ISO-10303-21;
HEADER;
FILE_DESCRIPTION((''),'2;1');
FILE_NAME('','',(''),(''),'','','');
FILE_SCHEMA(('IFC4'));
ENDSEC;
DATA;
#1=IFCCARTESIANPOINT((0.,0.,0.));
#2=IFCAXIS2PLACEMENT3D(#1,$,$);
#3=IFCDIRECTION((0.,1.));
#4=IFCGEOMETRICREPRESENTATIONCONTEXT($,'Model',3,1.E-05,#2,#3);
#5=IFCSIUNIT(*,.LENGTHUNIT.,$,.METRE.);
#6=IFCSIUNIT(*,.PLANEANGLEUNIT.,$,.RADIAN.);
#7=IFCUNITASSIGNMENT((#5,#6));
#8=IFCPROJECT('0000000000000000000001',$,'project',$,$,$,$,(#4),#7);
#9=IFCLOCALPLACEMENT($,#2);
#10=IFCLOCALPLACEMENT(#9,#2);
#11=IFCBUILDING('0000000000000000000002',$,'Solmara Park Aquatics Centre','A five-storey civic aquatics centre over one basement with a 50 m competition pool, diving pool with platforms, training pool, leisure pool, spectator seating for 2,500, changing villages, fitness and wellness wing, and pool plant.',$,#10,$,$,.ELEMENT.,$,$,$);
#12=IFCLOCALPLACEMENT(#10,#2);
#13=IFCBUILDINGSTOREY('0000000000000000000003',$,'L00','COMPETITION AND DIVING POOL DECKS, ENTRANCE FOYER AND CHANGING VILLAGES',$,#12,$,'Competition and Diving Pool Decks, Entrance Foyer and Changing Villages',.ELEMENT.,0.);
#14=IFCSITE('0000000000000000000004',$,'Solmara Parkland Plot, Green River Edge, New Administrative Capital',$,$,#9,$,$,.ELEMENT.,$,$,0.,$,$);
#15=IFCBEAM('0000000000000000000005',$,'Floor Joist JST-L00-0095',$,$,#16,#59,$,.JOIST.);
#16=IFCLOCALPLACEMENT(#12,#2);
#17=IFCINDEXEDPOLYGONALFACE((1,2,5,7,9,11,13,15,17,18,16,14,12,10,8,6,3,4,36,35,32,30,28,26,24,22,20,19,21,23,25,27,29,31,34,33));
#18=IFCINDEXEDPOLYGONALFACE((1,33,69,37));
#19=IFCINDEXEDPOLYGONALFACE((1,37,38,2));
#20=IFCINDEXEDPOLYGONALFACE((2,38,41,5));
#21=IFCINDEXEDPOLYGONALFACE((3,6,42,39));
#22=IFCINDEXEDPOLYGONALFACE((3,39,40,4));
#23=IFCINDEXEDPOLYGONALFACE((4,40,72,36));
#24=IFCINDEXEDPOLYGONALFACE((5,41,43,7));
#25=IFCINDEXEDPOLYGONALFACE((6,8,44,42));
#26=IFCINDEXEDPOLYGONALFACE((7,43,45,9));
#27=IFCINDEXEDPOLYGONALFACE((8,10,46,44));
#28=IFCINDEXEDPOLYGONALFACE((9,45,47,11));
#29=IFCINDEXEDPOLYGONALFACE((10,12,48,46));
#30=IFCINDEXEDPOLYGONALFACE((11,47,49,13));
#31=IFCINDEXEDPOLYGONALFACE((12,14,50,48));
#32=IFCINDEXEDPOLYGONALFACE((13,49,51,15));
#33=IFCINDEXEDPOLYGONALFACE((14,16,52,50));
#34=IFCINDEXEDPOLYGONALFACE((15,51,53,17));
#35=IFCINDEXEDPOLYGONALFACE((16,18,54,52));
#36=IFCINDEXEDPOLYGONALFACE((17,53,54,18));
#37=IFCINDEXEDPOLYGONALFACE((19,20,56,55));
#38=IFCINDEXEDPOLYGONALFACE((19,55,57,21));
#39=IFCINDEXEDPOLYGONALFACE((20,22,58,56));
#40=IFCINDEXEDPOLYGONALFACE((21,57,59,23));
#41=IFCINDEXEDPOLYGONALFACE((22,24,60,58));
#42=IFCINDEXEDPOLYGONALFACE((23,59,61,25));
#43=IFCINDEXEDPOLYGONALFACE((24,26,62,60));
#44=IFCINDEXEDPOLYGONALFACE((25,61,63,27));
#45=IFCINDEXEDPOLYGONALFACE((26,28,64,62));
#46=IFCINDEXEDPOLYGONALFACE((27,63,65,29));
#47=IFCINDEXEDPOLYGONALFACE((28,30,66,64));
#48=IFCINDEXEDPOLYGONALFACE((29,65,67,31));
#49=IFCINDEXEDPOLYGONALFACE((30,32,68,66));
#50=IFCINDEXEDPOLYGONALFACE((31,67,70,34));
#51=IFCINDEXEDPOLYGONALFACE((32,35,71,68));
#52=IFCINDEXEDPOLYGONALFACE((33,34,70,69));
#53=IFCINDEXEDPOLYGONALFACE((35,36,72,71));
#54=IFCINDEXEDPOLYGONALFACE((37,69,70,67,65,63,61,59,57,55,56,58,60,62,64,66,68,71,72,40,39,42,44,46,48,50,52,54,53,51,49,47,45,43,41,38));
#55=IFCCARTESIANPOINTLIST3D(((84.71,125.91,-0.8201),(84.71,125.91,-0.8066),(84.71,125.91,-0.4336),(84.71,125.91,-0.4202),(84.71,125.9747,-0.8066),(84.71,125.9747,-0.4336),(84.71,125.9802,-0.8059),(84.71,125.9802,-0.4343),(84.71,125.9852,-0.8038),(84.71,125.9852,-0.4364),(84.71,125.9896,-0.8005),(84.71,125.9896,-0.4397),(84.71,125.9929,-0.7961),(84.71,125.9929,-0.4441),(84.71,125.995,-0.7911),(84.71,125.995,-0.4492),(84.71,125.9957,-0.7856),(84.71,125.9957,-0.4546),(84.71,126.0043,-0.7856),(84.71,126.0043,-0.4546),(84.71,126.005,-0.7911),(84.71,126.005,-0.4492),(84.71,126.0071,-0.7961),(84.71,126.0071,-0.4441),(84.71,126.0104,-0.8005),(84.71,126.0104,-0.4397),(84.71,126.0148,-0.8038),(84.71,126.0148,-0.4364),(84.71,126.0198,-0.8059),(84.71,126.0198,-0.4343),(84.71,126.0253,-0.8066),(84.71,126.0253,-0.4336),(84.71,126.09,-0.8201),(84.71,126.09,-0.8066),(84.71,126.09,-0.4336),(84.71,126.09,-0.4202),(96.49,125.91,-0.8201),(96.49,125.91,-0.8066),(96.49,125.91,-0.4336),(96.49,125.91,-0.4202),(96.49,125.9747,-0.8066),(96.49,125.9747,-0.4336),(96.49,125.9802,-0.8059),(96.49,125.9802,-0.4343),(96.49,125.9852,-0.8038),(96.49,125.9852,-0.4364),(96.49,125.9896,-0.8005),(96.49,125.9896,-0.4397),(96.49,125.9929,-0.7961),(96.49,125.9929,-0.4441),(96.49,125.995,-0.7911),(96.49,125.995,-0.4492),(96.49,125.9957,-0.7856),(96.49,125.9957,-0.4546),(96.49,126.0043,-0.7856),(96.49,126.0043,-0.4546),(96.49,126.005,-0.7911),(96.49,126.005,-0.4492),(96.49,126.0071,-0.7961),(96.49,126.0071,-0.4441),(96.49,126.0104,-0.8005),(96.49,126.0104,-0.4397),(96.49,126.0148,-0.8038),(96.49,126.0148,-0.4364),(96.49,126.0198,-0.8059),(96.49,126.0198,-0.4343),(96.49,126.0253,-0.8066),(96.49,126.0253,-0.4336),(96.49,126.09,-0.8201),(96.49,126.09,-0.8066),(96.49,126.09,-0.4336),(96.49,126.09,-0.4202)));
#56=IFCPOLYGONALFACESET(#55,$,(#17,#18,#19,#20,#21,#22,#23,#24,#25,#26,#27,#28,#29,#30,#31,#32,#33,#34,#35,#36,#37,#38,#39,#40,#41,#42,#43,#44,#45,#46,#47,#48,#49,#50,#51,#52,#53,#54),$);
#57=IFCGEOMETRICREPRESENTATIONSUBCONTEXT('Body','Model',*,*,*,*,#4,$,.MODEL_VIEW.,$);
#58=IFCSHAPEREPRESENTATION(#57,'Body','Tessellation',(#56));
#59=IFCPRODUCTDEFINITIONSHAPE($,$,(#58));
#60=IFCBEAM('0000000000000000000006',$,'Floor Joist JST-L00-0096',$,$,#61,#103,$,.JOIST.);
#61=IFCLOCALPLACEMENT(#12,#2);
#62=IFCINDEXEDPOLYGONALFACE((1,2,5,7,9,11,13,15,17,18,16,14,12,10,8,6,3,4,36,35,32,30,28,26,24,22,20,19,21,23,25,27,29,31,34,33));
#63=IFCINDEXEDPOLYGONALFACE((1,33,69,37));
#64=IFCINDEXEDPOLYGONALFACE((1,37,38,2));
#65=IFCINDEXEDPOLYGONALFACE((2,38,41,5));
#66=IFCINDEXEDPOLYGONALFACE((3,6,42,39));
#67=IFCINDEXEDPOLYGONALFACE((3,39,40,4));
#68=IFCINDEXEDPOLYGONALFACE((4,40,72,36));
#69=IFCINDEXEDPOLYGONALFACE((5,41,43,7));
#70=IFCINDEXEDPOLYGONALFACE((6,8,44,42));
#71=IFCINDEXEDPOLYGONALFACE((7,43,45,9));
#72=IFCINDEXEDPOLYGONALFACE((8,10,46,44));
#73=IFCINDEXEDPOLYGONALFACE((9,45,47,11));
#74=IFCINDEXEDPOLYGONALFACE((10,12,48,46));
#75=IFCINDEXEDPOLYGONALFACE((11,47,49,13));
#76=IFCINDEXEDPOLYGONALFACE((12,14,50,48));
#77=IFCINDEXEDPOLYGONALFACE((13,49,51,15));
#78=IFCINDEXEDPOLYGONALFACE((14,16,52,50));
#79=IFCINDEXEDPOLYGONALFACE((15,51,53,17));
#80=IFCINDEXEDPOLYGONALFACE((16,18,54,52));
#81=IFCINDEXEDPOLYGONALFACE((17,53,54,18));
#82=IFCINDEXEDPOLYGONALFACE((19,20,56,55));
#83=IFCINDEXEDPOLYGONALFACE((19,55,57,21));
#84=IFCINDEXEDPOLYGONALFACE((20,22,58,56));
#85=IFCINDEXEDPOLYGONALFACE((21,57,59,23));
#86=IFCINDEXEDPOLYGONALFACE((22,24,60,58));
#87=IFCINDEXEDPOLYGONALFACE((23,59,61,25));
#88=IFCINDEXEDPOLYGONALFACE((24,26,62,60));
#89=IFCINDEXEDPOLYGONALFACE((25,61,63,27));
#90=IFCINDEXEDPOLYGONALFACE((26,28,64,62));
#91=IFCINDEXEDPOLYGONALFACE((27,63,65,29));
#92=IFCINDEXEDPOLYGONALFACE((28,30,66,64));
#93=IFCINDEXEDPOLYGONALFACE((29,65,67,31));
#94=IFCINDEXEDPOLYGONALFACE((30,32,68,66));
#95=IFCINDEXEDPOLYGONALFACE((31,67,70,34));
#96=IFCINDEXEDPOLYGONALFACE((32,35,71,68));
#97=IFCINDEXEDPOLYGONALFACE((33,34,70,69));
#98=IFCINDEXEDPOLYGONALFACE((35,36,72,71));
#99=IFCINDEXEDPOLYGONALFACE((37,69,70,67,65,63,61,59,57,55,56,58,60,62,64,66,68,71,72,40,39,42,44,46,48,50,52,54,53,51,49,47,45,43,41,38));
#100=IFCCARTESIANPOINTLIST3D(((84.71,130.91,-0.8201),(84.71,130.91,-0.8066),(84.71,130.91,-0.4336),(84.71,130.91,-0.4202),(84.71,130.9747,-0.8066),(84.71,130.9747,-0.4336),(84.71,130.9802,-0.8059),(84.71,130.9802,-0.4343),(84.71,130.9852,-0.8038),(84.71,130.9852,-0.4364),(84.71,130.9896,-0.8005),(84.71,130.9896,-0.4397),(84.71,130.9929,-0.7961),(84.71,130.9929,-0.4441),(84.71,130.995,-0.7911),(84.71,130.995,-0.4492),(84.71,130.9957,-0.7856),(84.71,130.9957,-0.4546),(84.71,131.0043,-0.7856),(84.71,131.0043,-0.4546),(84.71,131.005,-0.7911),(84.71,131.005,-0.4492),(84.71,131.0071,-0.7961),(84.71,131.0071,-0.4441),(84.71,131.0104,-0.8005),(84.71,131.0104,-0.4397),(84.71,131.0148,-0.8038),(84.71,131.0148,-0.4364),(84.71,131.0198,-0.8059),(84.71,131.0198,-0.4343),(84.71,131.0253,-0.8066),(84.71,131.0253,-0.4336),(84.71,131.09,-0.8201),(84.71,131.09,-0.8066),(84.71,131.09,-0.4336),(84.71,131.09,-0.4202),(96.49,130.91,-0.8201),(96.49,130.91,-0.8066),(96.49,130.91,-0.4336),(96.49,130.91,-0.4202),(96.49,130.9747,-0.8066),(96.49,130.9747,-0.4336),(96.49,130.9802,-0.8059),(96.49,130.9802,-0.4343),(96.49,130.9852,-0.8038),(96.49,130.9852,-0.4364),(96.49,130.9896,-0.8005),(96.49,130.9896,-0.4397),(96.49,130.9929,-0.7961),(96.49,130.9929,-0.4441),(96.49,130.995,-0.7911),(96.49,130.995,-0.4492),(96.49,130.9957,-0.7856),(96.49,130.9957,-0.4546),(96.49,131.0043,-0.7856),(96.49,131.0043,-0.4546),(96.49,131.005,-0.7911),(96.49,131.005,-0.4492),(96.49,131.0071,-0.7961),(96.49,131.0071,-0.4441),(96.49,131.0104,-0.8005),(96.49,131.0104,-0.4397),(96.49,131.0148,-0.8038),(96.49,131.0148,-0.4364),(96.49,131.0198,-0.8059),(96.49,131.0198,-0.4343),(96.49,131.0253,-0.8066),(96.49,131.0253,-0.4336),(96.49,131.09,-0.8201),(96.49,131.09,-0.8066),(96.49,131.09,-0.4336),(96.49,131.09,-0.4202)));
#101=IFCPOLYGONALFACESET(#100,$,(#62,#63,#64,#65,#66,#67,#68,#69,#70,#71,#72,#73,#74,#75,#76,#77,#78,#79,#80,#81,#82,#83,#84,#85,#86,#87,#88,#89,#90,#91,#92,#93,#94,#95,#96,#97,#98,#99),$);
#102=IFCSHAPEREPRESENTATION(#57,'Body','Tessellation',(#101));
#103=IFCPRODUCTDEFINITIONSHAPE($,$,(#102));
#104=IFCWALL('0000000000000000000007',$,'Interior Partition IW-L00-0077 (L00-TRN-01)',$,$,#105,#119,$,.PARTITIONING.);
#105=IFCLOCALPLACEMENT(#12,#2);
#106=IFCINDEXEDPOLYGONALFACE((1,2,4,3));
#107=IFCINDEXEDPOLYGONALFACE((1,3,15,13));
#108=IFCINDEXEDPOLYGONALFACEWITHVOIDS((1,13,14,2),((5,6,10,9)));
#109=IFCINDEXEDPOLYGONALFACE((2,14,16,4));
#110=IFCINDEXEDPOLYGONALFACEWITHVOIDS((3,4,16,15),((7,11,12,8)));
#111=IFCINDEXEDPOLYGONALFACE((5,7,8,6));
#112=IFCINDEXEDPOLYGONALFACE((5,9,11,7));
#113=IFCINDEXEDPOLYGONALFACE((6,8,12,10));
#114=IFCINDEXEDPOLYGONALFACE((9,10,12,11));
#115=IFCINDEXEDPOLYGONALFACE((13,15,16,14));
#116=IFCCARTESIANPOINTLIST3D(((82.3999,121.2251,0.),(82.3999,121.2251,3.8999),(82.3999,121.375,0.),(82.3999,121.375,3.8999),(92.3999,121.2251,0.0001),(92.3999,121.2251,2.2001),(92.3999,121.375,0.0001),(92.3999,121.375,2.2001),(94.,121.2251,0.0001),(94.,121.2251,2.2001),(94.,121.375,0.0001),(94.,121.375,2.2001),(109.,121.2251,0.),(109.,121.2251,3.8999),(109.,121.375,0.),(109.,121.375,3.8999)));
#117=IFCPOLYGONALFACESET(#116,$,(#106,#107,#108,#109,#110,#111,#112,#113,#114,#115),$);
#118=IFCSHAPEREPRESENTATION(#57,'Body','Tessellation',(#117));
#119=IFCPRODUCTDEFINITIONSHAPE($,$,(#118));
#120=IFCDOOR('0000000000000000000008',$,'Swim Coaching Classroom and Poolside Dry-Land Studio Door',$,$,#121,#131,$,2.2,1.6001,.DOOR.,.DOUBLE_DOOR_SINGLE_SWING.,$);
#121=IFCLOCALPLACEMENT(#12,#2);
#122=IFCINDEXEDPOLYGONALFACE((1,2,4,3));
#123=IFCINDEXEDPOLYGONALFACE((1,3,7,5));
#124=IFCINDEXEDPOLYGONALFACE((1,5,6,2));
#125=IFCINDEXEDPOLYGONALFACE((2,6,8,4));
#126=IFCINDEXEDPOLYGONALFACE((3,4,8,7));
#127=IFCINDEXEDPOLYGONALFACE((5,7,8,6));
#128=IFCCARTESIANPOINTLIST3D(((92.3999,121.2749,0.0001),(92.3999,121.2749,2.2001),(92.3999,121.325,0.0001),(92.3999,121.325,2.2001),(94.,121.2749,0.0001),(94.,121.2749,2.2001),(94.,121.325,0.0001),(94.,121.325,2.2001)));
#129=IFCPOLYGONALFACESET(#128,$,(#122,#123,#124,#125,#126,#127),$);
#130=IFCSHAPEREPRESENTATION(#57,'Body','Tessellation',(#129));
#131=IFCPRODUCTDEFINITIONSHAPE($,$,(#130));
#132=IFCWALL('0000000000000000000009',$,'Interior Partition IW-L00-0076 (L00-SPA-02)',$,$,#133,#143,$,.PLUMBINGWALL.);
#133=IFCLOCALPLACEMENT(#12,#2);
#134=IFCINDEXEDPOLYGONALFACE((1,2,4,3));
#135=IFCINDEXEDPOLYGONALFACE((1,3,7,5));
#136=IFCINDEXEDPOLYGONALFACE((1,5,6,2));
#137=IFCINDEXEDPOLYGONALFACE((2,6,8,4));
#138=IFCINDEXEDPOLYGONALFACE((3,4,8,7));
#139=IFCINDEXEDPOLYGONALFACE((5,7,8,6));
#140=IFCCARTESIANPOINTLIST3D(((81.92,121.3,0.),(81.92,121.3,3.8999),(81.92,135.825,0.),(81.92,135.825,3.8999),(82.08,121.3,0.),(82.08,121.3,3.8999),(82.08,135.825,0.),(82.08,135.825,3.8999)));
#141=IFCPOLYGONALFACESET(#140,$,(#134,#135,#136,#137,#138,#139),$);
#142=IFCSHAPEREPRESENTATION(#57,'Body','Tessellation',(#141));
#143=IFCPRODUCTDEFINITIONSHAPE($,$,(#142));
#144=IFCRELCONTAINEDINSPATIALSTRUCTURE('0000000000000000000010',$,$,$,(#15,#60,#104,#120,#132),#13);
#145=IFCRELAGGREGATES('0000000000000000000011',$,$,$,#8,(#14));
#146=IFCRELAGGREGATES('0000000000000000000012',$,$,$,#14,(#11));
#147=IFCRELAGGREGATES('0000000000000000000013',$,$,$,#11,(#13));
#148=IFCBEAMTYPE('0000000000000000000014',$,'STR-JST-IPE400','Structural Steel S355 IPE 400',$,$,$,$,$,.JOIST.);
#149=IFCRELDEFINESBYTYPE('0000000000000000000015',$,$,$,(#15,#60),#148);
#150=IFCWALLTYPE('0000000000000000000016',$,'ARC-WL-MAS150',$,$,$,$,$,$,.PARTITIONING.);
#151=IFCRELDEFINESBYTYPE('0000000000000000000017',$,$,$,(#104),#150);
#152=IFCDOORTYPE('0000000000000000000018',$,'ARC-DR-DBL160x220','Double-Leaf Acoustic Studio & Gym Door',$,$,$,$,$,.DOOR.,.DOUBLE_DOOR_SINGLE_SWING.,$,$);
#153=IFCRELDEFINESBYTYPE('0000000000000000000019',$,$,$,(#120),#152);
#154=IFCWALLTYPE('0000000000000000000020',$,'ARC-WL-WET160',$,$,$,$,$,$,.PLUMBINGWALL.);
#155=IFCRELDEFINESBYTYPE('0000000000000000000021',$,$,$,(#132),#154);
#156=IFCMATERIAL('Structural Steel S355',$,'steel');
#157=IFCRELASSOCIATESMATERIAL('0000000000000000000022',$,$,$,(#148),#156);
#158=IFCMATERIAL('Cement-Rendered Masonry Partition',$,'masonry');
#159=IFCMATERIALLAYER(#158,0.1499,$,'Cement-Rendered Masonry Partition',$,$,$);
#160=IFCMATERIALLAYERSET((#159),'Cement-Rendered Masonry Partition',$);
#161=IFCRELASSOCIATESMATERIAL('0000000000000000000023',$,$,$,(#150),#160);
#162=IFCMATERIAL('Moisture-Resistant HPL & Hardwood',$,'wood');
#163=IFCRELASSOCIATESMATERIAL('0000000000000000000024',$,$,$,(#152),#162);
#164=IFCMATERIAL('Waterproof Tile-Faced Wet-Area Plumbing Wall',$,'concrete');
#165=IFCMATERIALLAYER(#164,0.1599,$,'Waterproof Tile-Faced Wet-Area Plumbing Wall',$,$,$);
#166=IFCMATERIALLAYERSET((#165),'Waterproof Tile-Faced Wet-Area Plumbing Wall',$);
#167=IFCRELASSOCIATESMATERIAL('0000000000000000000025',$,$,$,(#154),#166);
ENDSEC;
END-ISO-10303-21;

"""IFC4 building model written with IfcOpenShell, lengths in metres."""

from ifc_helpers import new_model, si_unit, direction, frame, frame_2d, origin, origin_2d, place, context, subcontext, project, spatial, rectangle, i_section, extrude, material, layer, layer_set, material_profile, profile_set, type_object, element, fill, save


model = new_model("IFC4")

# Units and contexts
model_context = context("Model", 3, precision=1e-05, world=origin(), true_north=direction((0.0, 1.0)))
body_context = subcontext(model_context, "Body", "Model", "MODEL_VIEW")
ifc_project = project(units=[si_unit("LENGTHUNIT", "METRE"), si_unit("PLANEANGLEUNIT", "RADIAN")], contexts=[model_context])

# Site, building, storey
site_placement = place(None, origin())
site = spatial("IfcSite", under=ifc_project, at=site_placement, Name="Solmara Parkland Plot, Green River Edge, New Administrative Capital", CompositionType="ELEMENT", RefElevation=0.0)
building_placement = place(site_placement, origin())
building = spatial("IfcBuilding", under=site, at=building_placement, Name="Solmara Park Aquatics Centre", Description="A five-storey civic aquatics centre over one basement with a 50 m competition pool, diving pool with platforms, training pool, leisure pool, spectator seating for 2,500, changing villages, fitness and wellness wing, and pool plant.", CompositionType="ELEMENT")
storey_placement = place(building_placement, origin())
storey = spatial("IfcBuildingStorey", under=building, at=storey_placement, Name="L00", Description="COMPETITION AND DIVING POOL DECKS, ENTRANCE FOYER AND CHANGING VILLAGES", LongName="Competition and Diving Pool Decks, Entrance Foyer and Changing Villages", CompositionType="ELEMENT", Elevation=0.0)

# Beams
ifc_material_1 = material(Name="Structural Steel S355", Category="steel")
ifc_material_profile_1 = material_profile(ifc_material_1, i_section(OverallWidth=0.1799, OverallDepth=0.3999, WebThickness=0.0085, FlangeThickness=0.0134, FilletRadius=0.021, at=origin_2d()), Name="IPE 400")
ifc_profile_set_1 = profile_set([ifc_material_profile_1], Name="Structural Steel S355")
beam_type_1 = type_object("IfcBeamType", Name="STR-JST-IPE400", Description="Structural Steel S355 IPE 400", PredefinedType="JOIST", material=ifc_profile_set_1)
for number, where, z_axis, x_axis, name in (
    (1, (84.71, 126.0, -0.6201), (1.0, 0.0, 0.0), (0.0, 1.0, 0.0), "Floor Joist JST-L00-0095"),
    (2, (84.71, 131.0, -0.6201), (1.0, 0.0, 0.0), (0.0, 1.0, 0.0), "Floor Joist JST-L00-0096"),
):
    element("IfcBeam", number, at=place(storey_placement, frame(where, z_axis=z_axis, x_axis=x_axis)), inside=storey, type_object=beam_type_1, Name=name, PredefinedType="JOIST", context=body_context, shape_type="SweptSolid", body=[
        extrude(i_section(OverallWidth=0.1799, OverallDepth=0.3999, WebThickness=0.0085, FlangeThickness=0.0134, FilletRadius=0.021, at=origin_2d()), origin(), (0.0, 0.0, 1.0), 11.78),
    ])

# Wall, opening, door
ifc_material_2 = material(Name="Cement-Rendered Masonry Partition", Category="masonry")
ifc_layer_1 = layer(ifc_material_2, 0.1499, Name="Cement-Rendered Masonry Partition")
ifc_layer_set_1 = layer_set([ifc_layer_1], Name="Cement-Rendered Masonry Partition")
wall_type_1 = type_object("IfcWallType", Name="ARC-WL-MAS150", PredefinedType="PARTITIONING", material=ifc_layer_set_1)
wall_1_placement = place(storey_placement, frame((82.3999, 121.3, 0.0), z_axis=(0.0, 0.0, 1.0), x_axis=(1.0, 0.0, 0.0)))
wall_1 = element("IfcWall", 3, at=wall_1_placement, inside=storey, type_object=wall_type_1, Name="Interior Partition IW-L00-0077 (L00-TRN-01)", PredefinedType="PARTITIONING", context=body_context, shape_type="SweptSolid", body=[
    extrude(rectangle(XDim=26.6001, YDim=0.1499, at=frame_2d((13.3, 0.0))), origin(), (0.0, 0.0, 1.0), 3.8999),
])
opening_placement = place(wall_1_placement, frame((10.0, 0.0, 0.0)))
opening = element("IfcOpeningElement", 4, at=opening_placement, cuts=wall_1, PredefinedType="OPENING", context=body_context, shape_type="SweptSolid", body=[
    extrude(rectangle(XDim=1.6001, YDim=2.2, at=frame_2d((0.8, 1.1001))), frame((0.0, 0.085, 0.0), z_axis=(0.0, -1.0, 0.0), x_axis=(1.0, 0.0, 0.0)), (0.0, 0.0, 1.0), 0.1699),
])
ifc_material_3 = material(Name="Moisture-Resistant HPL & Hardwood", Category="wood")
door_type = type_object("IfcDoorType", Name="ARC-DR-DBL160x220", Description="Double-Leaf Acoustic Studio & Gym Door", OperationType="DOUBLE_DOOR_SINGLE_SWING", PredefinedType="DOOR", material=ifc_material_3)
door_placement = place(opening_placement, origin())
door = element("IfcDoor", 5, at=door_placement, inside=storey, type_object=door_type, Name="Swim Coaching Classroom and Poolside Dry-Land Studio Door", OperationType="DOUBLE_DOOR_SINGLE_SWING", OverallHeight=2.2, OverallWidth=1.6001, PredefinedType="DOOR", context=body_context, shape_type="SweptSolid", body=[
    extrude(rectangle(XDim=1.6001, YDim=2.2, at=frame_2d((0.8, 1.1001))), frame((0.0, 0.0249, 0.0), z_axis=(0.0, -1.0, 0.0), x_axis=(1.0, 0.0, 0.0)), (0.0, 0.0, 1.0), 0.05),
])
fill(opening, door)

# Wall
ifc_material_4 = material(Name="Waterproof Tile-Faced Wet-Area Plumbing Wall", Category="concrete")
ifc_layer_2 = layer(ifc_material_4, 0.1599, Name="Waterproof Tile-Faced Wet-Area Plumbing Wall")
ifc_layer_set_2 = layer_set([ifc_layer_2], Name="Waterproof Tile-Faced Wet-Area Plumbing Wall")
wall_type_2 = type_object("IfcWallType", Name="ARC-WL-WET160", PredefinedType="PLUMBINGWALL", material=ifc_layer_set_2)
wall_2_placement = place(storey_placement, frame((82.0, 121.3, 0.0), z_axis=(0.0, 0.0, 1.0), x_axis=(0.0, 1.0, 0.0)))
element("IfcWall", 6, at=wall_2_placement, inside=storey, type_object=wall_type_2, Name="Interior Partition IW-L00-0076 (L00-SPA-02)", PredefinedType="PLUMBINGWALL", context=body_context, shape_type="SweptSolid", body=[
    extrude(rectangle(XDim=14.5249, YDim=0.1599, at=frame_2d((7.2625, 0.0))), origin(), (0.0, 0.0, 1.0), 3.8999),
])

save(model, "model.ifc")
